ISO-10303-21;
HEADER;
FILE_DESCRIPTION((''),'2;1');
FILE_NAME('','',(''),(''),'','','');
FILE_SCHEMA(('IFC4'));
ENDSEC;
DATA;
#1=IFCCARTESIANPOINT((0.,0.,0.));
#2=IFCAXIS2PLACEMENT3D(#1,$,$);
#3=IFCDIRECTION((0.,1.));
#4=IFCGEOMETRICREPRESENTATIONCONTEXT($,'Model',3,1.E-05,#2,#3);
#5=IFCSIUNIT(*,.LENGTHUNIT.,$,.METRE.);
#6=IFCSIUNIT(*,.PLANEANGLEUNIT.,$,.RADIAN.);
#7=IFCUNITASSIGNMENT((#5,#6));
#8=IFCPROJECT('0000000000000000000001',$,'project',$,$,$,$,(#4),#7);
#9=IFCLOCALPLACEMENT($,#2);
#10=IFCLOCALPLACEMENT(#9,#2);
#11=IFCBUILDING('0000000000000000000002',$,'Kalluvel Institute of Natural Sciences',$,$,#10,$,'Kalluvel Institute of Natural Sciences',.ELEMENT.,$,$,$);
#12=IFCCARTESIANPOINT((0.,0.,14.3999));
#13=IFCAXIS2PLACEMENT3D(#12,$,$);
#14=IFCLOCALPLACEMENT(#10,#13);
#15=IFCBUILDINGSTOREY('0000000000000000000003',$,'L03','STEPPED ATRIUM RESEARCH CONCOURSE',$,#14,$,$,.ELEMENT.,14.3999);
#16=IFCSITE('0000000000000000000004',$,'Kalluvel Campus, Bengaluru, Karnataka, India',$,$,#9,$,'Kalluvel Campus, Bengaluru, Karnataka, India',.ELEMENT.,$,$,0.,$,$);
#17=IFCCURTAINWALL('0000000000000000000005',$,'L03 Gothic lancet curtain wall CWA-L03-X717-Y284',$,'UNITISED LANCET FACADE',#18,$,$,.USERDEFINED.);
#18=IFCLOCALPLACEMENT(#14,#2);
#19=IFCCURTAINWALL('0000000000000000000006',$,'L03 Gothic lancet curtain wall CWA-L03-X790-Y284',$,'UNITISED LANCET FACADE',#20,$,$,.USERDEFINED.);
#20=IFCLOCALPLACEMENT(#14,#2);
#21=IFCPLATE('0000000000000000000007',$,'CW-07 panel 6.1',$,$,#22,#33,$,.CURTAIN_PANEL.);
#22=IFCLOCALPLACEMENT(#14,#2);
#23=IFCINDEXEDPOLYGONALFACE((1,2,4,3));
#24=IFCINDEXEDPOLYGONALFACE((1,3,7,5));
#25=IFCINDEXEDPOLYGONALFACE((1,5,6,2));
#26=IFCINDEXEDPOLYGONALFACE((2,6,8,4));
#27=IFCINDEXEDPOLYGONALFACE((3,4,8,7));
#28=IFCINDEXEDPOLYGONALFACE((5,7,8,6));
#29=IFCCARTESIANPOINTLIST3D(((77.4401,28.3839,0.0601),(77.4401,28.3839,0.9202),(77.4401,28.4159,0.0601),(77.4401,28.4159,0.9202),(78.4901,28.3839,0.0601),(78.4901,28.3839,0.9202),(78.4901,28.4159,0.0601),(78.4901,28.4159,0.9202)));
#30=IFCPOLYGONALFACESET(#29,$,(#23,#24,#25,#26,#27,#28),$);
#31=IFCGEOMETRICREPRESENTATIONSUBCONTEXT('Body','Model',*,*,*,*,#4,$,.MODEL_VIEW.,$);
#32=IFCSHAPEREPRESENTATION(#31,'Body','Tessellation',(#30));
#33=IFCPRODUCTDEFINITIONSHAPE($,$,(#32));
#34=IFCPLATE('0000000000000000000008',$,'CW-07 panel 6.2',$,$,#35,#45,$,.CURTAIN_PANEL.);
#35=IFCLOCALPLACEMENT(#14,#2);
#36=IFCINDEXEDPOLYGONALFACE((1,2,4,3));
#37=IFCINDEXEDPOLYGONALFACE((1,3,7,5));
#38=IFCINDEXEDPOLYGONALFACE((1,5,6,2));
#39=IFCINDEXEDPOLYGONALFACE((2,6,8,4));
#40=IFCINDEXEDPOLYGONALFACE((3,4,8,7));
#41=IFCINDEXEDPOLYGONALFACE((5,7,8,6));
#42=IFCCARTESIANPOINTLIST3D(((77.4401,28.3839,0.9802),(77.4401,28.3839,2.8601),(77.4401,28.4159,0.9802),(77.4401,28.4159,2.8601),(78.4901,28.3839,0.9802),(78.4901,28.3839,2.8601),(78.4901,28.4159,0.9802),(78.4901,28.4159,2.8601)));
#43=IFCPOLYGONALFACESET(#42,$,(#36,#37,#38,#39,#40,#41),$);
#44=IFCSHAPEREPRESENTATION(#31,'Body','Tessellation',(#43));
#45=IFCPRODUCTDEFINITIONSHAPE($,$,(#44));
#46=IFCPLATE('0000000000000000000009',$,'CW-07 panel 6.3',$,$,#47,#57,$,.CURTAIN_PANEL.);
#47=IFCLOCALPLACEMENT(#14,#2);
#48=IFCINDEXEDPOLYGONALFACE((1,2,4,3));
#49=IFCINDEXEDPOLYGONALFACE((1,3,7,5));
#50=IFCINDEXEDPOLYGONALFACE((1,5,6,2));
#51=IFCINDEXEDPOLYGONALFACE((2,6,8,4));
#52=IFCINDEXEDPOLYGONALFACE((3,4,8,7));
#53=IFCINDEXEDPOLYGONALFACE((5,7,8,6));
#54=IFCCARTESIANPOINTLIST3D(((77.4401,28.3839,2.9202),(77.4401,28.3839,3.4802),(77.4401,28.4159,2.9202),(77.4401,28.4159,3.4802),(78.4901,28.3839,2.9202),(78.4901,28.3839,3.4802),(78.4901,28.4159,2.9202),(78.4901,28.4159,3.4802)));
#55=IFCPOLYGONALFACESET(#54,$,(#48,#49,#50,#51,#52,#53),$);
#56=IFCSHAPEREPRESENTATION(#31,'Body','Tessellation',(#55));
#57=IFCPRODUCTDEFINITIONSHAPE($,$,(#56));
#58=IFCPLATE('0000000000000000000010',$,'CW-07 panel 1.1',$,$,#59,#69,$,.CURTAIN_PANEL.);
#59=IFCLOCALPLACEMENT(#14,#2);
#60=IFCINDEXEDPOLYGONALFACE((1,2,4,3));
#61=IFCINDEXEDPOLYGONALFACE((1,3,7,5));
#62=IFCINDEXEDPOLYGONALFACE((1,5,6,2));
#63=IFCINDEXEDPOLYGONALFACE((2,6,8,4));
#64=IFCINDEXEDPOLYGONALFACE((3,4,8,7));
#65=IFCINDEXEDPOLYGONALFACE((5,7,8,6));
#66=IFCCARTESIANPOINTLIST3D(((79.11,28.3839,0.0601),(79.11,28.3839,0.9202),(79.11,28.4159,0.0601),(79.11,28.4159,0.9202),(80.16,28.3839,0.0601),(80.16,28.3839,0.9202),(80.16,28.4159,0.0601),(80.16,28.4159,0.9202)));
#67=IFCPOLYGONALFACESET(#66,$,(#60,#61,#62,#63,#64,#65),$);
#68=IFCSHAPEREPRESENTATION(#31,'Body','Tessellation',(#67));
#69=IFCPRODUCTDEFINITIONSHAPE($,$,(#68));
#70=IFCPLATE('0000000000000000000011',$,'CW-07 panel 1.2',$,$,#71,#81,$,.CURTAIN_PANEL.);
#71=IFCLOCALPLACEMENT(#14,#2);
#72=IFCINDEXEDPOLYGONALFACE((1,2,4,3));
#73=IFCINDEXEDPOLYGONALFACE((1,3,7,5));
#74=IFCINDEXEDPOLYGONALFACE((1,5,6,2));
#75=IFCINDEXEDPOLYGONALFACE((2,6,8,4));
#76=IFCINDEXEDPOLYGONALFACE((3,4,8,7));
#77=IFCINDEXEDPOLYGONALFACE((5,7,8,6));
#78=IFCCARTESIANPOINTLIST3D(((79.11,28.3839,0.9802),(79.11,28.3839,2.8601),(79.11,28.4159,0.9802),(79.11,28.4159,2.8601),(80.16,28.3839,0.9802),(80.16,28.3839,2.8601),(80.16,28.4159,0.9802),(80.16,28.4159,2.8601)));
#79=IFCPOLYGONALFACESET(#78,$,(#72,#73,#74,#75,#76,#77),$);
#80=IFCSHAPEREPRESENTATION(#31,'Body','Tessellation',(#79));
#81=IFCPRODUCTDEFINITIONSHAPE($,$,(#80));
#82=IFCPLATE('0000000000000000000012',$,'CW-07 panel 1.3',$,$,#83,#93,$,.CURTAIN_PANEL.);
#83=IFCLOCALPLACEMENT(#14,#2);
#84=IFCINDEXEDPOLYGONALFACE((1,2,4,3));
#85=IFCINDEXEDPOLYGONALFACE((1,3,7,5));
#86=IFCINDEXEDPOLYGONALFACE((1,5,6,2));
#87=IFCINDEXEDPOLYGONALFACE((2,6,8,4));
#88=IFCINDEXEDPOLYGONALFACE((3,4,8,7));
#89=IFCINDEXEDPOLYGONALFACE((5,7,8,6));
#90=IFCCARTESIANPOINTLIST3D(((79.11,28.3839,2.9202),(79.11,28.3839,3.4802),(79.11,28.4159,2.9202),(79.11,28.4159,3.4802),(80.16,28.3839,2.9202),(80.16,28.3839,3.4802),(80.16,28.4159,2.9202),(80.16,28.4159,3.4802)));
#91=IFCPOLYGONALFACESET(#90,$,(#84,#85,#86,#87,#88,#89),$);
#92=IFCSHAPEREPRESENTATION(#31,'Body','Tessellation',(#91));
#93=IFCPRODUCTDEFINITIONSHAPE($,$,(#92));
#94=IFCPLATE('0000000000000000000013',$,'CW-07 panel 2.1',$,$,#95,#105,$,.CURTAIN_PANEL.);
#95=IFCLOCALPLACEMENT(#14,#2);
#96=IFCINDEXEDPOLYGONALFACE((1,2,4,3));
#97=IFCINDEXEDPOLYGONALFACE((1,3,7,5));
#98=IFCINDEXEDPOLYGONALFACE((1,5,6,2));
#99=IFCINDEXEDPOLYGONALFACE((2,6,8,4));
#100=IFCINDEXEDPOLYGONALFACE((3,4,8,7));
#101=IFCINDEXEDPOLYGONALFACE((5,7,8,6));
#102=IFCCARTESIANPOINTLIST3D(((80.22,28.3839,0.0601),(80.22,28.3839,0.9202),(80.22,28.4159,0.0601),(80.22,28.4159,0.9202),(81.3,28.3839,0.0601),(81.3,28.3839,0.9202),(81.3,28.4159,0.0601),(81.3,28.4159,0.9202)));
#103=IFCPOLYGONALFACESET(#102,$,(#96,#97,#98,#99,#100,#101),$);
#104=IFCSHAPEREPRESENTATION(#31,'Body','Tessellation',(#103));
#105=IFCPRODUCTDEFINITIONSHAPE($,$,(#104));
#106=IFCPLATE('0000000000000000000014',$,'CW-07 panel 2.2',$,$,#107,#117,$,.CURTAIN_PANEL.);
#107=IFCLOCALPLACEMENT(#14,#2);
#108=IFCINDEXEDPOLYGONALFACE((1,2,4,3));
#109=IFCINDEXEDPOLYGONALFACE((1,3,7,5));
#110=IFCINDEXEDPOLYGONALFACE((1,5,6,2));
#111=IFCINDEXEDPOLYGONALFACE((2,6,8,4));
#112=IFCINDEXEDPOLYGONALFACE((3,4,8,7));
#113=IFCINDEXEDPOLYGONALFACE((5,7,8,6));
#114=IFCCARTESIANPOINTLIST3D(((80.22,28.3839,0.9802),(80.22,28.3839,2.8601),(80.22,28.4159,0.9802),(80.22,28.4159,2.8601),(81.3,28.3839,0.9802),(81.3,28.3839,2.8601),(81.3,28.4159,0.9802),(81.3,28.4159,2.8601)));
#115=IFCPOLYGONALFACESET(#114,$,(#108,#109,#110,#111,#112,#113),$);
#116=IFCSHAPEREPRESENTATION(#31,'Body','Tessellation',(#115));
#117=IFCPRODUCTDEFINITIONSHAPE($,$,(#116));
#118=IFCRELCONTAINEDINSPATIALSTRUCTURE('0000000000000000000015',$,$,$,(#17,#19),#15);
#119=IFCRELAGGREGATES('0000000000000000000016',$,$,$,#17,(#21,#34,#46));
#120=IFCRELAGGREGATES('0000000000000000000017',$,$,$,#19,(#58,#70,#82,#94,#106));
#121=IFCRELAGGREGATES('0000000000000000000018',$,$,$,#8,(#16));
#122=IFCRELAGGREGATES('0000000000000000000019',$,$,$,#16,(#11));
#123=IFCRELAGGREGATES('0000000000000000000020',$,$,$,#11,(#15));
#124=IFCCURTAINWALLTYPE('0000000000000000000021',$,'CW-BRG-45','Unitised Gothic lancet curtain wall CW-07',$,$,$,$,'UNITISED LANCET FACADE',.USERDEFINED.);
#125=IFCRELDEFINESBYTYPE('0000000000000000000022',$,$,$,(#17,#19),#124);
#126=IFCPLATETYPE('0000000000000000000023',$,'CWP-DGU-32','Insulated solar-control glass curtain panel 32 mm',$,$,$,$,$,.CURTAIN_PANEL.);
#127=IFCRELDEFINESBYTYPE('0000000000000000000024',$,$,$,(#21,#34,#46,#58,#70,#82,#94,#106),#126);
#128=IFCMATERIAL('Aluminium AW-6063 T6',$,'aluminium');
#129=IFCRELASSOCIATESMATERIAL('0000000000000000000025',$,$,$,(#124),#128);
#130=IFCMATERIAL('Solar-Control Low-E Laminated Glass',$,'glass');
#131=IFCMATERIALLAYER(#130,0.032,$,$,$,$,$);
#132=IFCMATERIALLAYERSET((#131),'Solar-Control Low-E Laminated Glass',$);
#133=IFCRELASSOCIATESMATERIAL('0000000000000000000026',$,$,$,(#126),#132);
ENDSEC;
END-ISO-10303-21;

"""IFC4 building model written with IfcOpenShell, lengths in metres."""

from ifc_helpers import new_model, si_unit, direction, frame, origin, origin_2d, place, context, subcontext, project, spatial, rectangle, extrude, material, layer, layer_set, type_object, element, aggregate, save


model = new_model("IFC4")

# Units and contexts
model_context = context("Model", 3, precision=1e-05, world=origin(), true_north=direction((0.0, 1.0)))
body_context = subcontext(model_context, "Body", "Model", "MODEL_VIEW")
ifc_project = project(units=[si_unit("LENGTHUNIT", "METRE"), si_unit("PLANEANGLEUNIT", "RADIAN")], contexts=[model_context])

# Site, building, storey
site_placement = place(None, origin())
site = spatial("IfcSite", under=ifc_project, at=site_placement, Name="Kalluvel Campus, Bengaluru, Karnataka, India", LongName="Kalluvel Campus, Bengaluru, Karnataka, India", CompositionType="ELEMENT", RefElevation=0.0)
building_placement = place(site_placement, origin())
building = spatial("IfcBuilding", under=site, at=building_placement, Name="Kalluvel Institute of Natural Sciences", LongName="Kalluvel Institute of Natural Sciences", CompositionType="ELEMENT")
storey_placement = place(building_placement, frame((0.0, 0.0, 14.3999)))
storey = spatial("IfcBuildingStorey", under=building, at=storey_placement, Name="L03", Description="STEPPED ATRIUM RESEARCH CONCOURSE", CompositionType="ELEMENT", Elevation=14.3999)

# Curtain wall
ifc_material_1 = material(Name="Aluminium AW-6063 T6", Category="aluminium")
curtain_wall_type = type_object("IfcCurtainWallType", Name="CW-BRG-45", Description="Unitised Gothic lancet curtain wall CW-07", ElementType="UNITISED LANCET FACADE", PredefinedType="USERDEFINED", material=ifc_material_1)
curtain_wall_1_placement = place(storey_placement, origin())
curtain_wall_1 = element("IfcCurtainWall", 1, at=curtain_wall_1_placement, inside=storey, type_object=curtain_wall_type, Name="L03 Gothic lancet curtain wall CWA-L03-X717-Y284", ObjectType="UNITISED LANCET FACADE", PredefinedType="USERDEFINED")

# Curtain wall
curtain_wall_2_placement = place(storey_placement, origin())
curtain_wall_2 = element("IfcCurtainWall", 2, at=curtain_wall_2_placement, inside=storey, type_object=curtain_wall_type, Name="L03 Gothic lancet curtain wall CWA-L03-X790-Y284", ObjectType="UNITISED LANCET FACADE", PredefinedType="USERDEFINED")

# Plates
ifc_material_2 = material(Name="Solar-Control Low-E Laminated Glass", Category="glass")
ifc_layer = layer(ifc_material_2, 0.032)
ifc_layer_set = layer_set([ifc_layer], Name="Solar-Control Low-E Laminated Glass")
plate_type = type_object("IfcPlateType", Name="CWP-DGU-32", Description="Insulated solar-control glass curtain panel 32 mm", PredefinedType="CURTAIN_PANEL", material=ifc_layer_set)
plate_1_placement = place(storey_placement, frame((77.9651, 28.3999, 0.0601), z_axis=(0.0, 0.0, 1.0), x_axis=(1.0, 0.0, 0.0)))
plate_1 = element("IfcPlate", 3, at=plate_1_placement, type_object=plate_type, Name="CW-07 panel 6.1", PredefinedType="CURTAIN_PANEL", context=body_context, shape_type="SweptSolid", body=[
    extrude(rectangle(XDim=1.05, YDim=0.032, at=origin_2d()), origin(), (0.0, 0.0, 1.0), 0.8601),
])
plate_2_placement = place(storey_placement, frame((77.9651, 28.3999, 0.9802), z_axis=(0.0, 0.0, 1.0), x_axis=(1.0, 0.0, 0.0)))
plate_2 = element("IfcPlate", 4, at=plate_2_placement, type_object=plate_type, Name="CW-07 panel 6.2", PredefinedType="CURTAIN_PANEL", context=body_context, shape_type="SweptSolid", body=[
    extrude(rectangle(XDim=1.05, YDim=0.032, at=origin_2d()), origin(), (0.0, 0.0, 1.0), 1.8799),
])
plate_3_placement = place(storey_placement, frame((77.9651, 28.3999, 2.9202), z_axis=(0.0, 0.0, 1.0), x_axis=(1.0, 0.0, 0.0)))
plate_3 = element("IfcPlate", 5, at=plate_3_placement, type_object=plate_type, Name="CW-07 panel 6.3", PredefinedType="CURTAIN_PANEL", context=body_context, shape_type="SweptSolid", body=[
    extrude(rectangle(XDim=1.05, YDim=0.032, at=origin_2d()), origin(), (0.0, 0.0, 1.0), 0.5601),
])
aggregate(curtain_wall_1, [plate_1, plate_2, plate_3])
plate_4_placement = place(storey_placement, frame((79.635, 28.3999, 0.0601), z_axis=(0.0, 0.0, 1.0), x_axis=(1.0, 0.0, 0.0)))
plate_4 = element("IfcPlate", 6, at=plate_4_placement, type_object=plate_type, Name="CW-07 panel 1.1", PredefinedType="CURTAIN_PANEL", context=body_context, shape_type="SweptSolid", body=[
    extrude(rectangle(XDim=1.05, YDim=0.032, at=origin_2d()), origin(), (0.0, 0.0, 1.0), 0.8601),
])
plate_5_placement = place(storey_placement, frame((79.635, 28.3999, 0.9802), z_axis=(0.0, 0.0, 1.0), x_axis=(1.0, 0.0, 0.0)))
plate_5 = element("IfcPlate", 7, at=plate_5_placement, type_object=plate_type, Name="CW-07 panel 1.2", PredefinedType="CURTAIN_PANEL", context=body_context, shape_type="SweptSolid", body=[
    extrude(rectangle(XDim=1.05, YDim=0.032, at=origin_2d()), origin(), (0.0, 0.0, 1.0), 1.8799),
])
plate_6_placement = place(storey_placement, frame((79.635, 28.3999, 2.9202), z_axis=(0.0, 0.0, 1.0), x_axis=(1.0, 0.0, 0.0)))
plate_6 = element("IfcPlate", 8, at=plate_6_placement, type_object=plate_type, Name="CW-07 panel 1.3", PredefinedType="CURTAIN_PANEL", context=body_context, shape_type="SweptSolid", body=[
    extrude(rectangle(XDim=1.05, YDim=0.032, at=origin_2d()), origin(), (0.0, 0.0, 1.0), 0.5601),
])
plate_7_placement = place(storey_placement, frame((80.76, 28.3999, 0.0601), z_axis=(0.0, 0.0, 1.0), x_axis=(1.0, 0.0, 0.0)))
plate_7 = element("IfcPlate", 9, at=plate_7_placement, type_object=plate_type, Name="CW-07 panel 2.1", PredefinedType="CURTAIN_PANEL", context=body_context, shape_type="SweptSolid", body=[
    extrude(rectangle(XDim=1.0801, YDim=0.032, at=origin_2d()), origin(), (0.0, 0.0, 1.0), 0.8601),
])
plate_8_placement = place(storey_placement, frame((80.76, 28.3999, 0.9802), z_axis=(0.0, 0.0, 1.0), x_axis=(1.0, 0.0, 0.0)))
plate_8 = element("IfcPlate", 10, at=plate_8_placement, type_object=plate_type, Name="CW-07 panel 2.2", PredefinedType="CURTAIN_PANEL", context=body_context, shape_type="SweptSolid", body=[
    extrude(rectangle(XDim=1.0801, YDim=0.032, at=origin_2d()), origin(), (0.0, 0.0, 1.0), 1.8799),
])
aggregate(curtain_wall_2, [plate_4, plate_5, plate_6, plate_7, plate_8])

save(model, "model.ifc")
